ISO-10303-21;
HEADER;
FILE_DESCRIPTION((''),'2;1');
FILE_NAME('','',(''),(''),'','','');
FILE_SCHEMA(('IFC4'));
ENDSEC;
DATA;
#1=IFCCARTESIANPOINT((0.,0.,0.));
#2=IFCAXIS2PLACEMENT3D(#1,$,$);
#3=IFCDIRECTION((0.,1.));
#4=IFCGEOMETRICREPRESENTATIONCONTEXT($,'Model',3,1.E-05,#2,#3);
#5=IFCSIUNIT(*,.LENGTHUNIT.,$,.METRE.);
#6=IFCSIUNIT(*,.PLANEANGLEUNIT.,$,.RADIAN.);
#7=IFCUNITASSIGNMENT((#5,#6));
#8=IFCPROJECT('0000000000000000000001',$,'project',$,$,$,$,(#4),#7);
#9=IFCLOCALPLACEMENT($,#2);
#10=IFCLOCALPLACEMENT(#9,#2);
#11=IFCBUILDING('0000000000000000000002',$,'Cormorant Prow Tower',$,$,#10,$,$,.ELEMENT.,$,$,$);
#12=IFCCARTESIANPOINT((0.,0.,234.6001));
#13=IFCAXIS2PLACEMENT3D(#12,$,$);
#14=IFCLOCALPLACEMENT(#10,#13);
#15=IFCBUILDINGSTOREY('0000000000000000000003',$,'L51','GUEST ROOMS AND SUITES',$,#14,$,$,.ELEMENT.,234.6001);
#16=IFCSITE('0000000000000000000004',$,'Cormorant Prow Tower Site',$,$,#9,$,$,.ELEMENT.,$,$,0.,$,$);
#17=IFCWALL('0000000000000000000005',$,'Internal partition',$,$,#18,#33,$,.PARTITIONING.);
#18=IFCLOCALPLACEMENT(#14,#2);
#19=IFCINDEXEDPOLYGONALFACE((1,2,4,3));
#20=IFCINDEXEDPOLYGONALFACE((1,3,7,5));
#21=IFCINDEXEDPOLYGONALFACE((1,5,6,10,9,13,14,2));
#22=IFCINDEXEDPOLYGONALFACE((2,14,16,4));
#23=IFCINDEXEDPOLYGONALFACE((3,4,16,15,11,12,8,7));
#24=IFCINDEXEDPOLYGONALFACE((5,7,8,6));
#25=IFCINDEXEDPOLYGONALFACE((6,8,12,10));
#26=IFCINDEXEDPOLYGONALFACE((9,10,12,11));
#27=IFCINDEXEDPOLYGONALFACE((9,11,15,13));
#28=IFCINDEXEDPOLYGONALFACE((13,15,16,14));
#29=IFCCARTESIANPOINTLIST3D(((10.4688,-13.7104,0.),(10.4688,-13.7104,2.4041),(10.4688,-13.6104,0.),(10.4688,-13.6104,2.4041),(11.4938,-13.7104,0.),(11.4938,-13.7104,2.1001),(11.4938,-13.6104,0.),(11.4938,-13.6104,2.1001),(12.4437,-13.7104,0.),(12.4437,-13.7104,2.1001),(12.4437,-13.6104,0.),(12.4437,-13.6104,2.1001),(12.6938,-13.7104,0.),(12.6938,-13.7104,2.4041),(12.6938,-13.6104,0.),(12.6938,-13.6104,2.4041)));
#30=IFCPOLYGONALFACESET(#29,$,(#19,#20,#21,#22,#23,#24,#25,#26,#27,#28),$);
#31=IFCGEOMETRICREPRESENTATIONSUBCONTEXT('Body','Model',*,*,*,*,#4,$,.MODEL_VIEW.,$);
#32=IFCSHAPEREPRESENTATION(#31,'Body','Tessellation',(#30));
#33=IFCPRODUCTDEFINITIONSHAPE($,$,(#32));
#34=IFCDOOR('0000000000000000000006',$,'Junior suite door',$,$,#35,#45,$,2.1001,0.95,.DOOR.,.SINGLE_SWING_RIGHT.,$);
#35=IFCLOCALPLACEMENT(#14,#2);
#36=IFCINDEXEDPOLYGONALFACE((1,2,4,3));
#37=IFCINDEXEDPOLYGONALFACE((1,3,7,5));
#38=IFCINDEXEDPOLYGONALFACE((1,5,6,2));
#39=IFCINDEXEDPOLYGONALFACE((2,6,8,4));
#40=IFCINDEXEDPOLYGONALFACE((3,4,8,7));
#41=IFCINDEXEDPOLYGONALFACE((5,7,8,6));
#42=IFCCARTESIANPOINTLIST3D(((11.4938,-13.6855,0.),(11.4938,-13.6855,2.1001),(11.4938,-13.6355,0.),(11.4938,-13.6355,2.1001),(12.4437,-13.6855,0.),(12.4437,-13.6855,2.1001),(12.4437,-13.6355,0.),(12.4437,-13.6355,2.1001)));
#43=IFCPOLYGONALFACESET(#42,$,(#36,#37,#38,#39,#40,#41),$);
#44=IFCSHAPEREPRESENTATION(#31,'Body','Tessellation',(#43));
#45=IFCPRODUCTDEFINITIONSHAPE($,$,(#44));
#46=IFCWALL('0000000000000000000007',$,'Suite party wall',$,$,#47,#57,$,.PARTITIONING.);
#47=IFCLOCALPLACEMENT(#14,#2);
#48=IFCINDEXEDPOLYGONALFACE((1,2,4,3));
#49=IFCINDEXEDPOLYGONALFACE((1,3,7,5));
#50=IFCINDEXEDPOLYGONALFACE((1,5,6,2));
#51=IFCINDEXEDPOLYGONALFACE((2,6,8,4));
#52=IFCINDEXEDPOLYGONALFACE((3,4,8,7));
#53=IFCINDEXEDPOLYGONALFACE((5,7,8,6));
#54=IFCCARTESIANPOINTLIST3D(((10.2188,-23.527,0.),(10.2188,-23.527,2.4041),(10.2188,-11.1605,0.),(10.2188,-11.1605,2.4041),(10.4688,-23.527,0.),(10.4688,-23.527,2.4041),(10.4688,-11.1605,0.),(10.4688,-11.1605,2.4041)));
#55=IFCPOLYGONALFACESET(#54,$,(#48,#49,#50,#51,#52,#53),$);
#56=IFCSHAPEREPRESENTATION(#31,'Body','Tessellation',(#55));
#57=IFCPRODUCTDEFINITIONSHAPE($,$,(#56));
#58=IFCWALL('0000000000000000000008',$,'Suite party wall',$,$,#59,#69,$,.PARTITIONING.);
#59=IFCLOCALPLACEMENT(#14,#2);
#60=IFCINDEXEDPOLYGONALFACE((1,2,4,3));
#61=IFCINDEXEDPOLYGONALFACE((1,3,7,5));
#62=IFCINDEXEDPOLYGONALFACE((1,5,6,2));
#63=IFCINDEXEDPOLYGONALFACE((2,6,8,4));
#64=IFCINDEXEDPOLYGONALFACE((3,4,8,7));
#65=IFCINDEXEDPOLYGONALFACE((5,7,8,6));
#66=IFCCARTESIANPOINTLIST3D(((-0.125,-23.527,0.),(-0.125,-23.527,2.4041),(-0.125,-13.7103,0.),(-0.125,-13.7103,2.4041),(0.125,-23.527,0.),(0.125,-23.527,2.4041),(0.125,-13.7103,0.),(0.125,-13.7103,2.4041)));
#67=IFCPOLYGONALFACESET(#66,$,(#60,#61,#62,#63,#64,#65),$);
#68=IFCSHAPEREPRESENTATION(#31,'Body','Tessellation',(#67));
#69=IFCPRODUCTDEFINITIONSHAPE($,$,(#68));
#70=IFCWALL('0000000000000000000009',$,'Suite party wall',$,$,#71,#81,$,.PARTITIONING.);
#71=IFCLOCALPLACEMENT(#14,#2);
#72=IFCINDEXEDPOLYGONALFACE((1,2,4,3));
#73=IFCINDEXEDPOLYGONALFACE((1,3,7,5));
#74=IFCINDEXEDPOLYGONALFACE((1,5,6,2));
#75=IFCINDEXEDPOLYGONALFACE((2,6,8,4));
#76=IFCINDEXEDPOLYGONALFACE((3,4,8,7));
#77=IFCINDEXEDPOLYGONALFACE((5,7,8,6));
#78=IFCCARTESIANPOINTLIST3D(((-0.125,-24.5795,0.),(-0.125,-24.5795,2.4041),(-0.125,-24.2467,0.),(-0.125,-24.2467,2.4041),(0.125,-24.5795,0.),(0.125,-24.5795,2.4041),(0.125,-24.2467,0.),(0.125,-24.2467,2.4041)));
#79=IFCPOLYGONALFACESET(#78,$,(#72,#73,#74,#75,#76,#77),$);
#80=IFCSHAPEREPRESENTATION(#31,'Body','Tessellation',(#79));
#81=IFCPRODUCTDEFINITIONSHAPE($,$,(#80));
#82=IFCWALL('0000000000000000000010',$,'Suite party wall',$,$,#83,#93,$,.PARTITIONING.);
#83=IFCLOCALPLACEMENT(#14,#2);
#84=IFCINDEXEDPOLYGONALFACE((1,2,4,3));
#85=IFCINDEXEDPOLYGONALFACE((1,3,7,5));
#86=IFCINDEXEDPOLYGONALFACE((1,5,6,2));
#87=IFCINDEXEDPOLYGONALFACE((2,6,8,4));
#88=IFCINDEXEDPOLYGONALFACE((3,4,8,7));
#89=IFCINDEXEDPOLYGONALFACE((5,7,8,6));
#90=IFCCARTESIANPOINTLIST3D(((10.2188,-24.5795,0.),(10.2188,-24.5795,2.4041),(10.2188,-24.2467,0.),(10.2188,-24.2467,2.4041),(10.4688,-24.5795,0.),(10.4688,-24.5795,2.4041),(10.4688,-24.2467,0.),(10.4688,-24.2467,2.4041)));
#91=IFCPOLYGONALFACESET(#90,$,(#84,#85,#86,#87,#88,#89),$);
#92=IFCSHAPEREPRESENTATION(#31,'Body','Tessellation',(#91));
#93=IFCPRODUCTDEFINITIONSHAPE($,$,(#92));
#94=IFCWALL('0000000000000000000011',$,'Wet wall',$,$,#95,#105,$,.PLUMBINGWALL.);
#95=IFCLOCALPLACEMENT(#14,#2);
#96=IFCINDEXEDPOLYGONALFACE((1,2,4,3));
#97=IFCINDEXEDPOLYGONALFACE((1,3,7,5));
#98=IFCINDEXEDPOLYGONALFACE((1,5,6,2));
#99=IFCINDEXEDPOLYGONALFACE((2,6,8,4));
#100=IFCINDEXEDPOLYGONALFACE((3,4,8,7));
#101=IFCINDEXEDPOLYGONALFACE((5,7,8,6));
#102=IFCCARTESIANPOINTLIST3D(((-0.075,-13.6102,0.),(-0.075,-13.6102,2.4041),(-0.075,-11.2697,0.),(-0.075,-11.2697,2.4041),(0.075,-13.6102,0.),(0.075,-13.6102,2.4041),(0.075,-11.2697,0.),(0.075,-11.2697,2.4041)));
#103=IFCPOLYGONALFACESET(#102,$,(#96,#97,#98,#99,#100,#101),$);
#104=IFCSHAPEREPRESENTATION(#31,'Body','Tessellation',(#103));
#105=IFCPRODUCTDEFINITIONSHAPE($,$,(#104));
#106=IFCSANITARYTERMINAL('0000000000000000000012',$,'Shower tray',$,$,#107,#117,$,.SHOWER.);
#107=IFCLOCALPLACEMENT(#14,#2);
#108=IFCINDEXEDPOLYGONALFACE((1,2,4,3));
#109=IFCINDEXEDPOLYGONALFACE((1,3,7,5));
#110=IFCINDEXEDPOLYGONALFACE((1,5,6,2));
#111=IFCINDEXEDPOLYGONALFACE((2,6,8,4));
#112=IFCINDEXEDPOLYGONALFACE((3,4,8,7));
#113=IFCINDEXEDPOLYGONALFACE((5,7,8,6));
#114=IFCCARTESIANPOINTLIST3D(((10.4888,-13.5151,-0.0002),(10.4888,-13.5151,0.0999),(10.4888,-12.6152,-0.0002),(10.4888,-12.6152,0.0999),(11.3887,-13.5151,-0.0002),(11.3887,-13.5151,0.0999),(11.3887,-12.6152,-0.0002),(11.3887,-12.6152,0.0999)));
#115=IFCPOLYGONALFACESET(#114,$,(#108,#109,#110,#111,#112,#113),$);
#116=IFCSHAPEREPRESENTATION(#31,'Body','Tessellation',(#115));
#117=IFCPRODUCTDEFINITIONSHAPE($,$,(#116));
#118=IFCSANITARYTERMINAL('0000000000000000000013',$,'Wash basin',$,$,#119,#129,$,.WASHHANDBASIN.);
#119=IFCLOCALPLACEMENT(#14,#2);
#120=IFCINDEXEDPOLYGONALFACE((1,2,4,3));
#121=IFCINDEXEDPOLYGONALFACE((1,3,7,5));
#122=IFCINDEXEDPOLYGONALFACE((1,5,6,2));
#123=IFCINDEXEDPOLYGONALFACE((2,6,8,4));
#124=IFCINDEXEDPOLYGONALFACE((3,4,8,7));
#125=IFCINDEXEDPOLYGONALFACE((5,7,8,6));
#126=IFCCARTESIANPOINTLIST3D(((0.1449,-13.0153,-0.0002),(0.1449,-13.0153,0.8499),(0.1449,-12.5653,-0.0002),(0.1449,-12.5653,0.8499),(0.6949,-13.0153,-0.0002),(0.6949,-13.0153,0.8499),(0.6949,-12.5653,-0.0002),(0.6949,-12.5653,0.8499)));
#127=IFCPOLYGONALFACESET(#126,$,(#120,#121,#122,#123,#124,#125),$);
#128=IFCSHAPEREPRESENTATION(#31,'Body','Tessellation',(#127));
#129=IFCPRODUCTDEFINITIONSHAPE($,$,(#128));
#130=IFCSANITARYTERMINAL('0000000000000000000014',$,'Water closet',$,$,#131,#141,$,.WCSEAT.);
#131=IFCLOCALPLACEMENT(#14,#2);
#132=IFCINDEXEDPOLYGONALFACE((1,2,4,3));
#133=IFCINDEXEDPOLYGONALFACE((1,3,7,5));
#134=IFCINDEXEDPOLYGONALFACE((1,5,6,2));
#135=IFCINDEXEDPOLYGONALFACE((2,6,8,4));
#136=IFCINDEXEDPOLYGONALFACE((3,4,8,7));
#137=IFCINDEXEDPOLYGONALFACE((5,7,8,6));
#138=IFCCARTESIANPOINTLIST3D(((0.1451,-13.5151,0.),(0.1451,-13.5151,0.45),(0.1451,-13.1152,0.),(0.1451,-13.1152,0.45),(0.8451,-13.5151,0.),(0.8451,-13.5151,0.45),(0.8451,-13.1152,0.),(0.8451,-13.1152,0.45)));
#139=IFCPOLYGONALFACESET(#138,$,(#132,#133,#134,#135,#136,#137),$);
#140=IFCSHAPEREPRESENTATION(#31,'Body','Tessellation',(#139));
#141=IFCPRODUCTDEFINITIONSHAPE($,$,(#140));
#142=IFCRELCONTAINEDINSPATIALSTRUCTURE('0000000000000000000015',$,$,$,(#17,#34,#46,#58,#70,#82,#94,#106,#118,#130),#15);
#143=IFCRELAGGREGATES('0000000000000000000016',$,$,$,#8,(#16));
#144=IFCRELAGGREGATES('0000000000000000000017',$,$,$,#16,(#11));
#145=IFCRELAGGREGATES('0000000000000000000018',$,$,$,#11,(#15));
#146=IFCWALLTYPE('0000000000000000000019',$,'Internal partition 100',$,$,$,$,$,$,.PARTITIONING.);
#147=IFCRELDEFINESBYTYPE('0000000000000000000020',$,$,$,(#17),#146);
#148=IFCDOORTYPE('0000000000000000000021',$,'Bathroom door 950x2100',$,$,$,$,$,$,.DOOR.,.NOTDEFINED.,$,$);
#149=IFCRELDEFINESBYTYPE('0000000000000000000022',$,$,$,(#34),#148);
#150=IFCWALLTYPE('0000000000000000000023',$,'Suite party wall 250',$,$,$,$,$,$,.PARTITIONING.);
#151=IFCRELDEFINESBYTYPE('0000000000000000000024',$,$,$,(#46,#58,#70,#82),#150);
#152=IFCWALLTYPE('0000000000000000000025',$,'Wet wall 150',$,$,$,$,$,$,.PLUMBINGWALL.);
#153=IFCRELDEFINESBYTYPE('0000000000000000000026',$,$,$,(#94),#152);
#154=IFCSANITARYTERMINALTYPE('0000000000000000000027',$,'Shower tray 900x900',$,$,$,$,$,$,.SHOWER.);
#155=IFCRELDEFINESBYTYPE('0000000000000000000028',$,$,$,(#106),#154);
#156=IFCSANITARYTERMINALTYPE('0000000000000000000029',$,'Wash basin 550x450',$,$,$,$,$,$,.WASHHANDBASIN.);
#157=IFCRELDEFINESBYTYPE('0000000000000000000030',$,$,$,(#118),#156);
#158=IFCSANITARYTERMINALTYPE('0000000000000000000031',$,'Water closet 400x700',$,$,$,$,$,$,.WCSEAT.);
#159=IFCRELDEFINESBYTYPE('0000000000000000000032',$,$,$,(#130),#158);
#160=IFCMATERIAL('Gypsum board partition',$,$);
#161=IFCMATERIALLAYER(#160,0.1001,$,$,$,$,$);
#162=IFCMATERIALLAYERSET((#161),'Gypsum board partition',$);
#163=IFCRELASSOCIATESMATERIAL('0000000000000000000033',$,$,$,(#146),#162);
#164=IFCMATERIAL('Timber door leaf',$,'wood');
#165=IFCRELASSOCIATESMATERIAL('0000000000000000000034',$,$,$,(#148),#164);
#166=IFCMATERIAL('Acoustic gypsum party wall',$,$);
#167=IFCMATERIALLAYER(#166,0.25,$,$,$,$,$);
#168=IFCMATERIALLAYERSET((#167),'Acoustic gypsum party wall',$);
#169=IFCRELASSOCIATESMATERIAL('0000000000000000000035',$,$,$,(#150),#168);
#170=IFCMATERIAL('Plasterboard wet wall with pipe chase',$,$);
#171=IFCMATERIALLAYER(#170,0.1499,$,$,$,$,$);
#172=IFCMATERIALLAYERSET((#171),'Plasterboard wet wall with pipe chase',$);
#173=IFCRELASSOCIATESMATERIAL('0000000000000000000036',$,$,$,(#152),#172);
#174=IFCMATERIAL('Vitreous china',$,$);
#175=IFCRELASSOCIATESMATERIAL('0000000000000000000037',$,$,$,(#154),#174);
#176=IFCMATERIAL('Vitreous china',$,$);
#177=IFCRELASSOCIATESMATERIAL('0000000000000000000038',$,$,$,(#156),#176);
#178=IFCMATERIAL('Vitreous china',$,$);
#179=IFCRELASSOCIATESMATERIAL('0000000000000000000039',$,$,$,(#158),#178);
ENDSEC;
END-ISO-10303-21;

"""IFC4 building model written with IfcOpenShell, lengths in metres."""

from ifc_helpers import new_model, si_unit, direction, frame, frame_2d, origin, origin_2d, place, context, subcontext, project, spatial, rectangle, extrude, material, layer, layer_set, type_object, element, fill, save


model = new_model("IFC4")

# Units and contexts
model_context = context("Model", 3, precision=1e-05, world=origin(), true_north=direction((0.0, 1.0)))
body_context = subcontext(model_context, "Body", "Model", "MODEL_VIEW")
ifc_project = project(units=[si_unit("LENGTHUNIT", "METRE"), si_unit("PLANEANGLEUNIT", "RADIAN")], contexts=[model_context])

# Site, building, storey
site_placement = place(None, origin())
site = spatial("IfcSite", under=ifc_project, at=site_placement, Name="Cormorant Prow Tower Site", CompositionType="ELEMENT", RefElevation=0.0)
building_placement = place(site_placement, origin())
building = spatial("IfcBuilding", under=site, at=building_placement, Name="Cormorant Prow Tower", CompositionType="ELEMENT")
storey_placement = place(building_placement, frame((0.0, 0.0, 234.6001)))
storey = spatial("IfcBuildingStorey", under=building, at=storey_placement, Name="L51", Description="GUEST ROOMS AND SUITES", CompositionType="ELEMENT", Elevation=234.6001)

# Shared definitions
ifc_material_1 = material(Name="Gypsum board partition")
ifc_layer_1 = layer(ifc_material_1, 0.1001)
ifc_layer_set_1 = layer_set([ifc_layer_1], Name="Gypsum board partition")
wall_type_1 = type_object("IfcWallType", Name="Internal partition 100", PredefinedType="PARTITIONING", material=ifc_layer_set_1)

# Wall, opening, door
wall_1_placement = place(storey_placement, frame((10.4688, -13.6604, 0.0), z_axis=(0.0, 0.0, 1.0), x_axis=(1.0, 0.0, 0.0)))
wall_1 = element("IfcWall", 1, at=wall_1_placement, inside=storey, type_object=wall_type_1, Name="Internal partition", PredefinedType="PARTITIONING", context=body_context, shape_type="SweptSolid", body=[
    extrude(rectangle(XDim=2.2251, YDim=0.1001, at=frame_2d((1.1125, 0.0))), origin(), (0.0, 0.0, 1.0), 2.4041),
])
opening_1_placement = place(wall_1_placement, frame((1.0249, 0.0, 0.0)))
opening_1 = element("IfcOpeningElement", 2, at=opening_1_placement, cuts=wall_1, PredefinedType="OPENING", context=body_context, shape_type="SweptSolid", body=[
    extrude(rectangle(XDim=0.95, YDim=2.1001, at=frame_2d((0.4751, 1.05))), frame((0.0, 0.0601, 0.0), z_axis=(0.0, -1.0, 0.0), x_axis=(1.0, 0.0, 0.0)), (0.0, 0.0, 1.0), 0.1201),
])
ifc_material_2 = material(Name="Timber door leaf", Category="wood")
door_type_1 = type_object("IfcDoorType", Name="Bathroom door 950x2100", OperationType="NOTDEFINED", PredefinedType="DOOR", material=ifc_material_2)
door_1_placement = place(opening_1_placement, origin())
door_1 = element("IfcDoor", 3, at=door_1_placement, inside=storey, type_object=door_type_1, Name="Junior suite door", OperationType="SINGLE_SWING_RIGHT", OverallHeight=2.1001, OverallWidth=0.95, PredefinedType="DOOR", context=body_context, shape_type="SweptSolid", body=[
    extrude(rectangle(XDim=0.95, YDim=2.1001, at=frame_2d((0.4751, 1.05))), frame((0.0, 0.0249, 0.0), z_axis=(0.0, -1.0, 0.0), x_axis=(1.0, 0.0, 0.0)), (0.0, 0.0, 1.0), 0.05),
])
fill(opening_1, door_1)

# Walls
ifc_material_3 = material(Name="Acoustic gypsum party wall")
ifc_layer_2 = layer(ifc_material_3, 0.25)
ifc_layer_set_2 = layer_set([ifc_layer_2], Name="Acoustic gypsum party wall")
wall_type_2 = type_object("IfcWallType", Name="Suite party wall 250", PredefinedType="PARTITIONING", material=ifc_layer_set_2)
wall_2_placement = place(storey_placement, frame((10.3438, -23.5269, 0.0), z_axis=(0.0, 0.0, 1.0), x_axis=(0.0, 1.0, 0.0)))
element("IfcWall", 4, at=wall_2_placement, inside=storey, type_object=wall_type_2, Name="Suite party wall", PredefinedType="PARTITIONING", context=body_context, shape_type="SweptSolid", body=[
    extrude(rectangle(XDim=12.3665, YDim=0.25, at=frame_2d((6.1831, 0.0))), origin(), (0.0, 0.0, 1.0), 2.4041),
])
wall_3_placement = place(storey_placement, frame((0.0, -23.5269, 0.0), z_axis=(0.0, 0.0, 1.0), x_axis=(0.0, 1.0, 0.0)))
element("IfcWall", 5, at=wall_3_placement, inside=storey, type_object=wall_type_2, Name="Suite party wall", PredefinedType="PARTITIONING", context=body_context, shape_type="SweptSolid", body=[
    extrude(rectangle(XDim=9.8167, YDim=0.25, at=frame_2d((4.9082, 0.0))), origin(), (0.0, 0.0, 1.0), 2.4041),
])
for number, where, z_axis, x_axis, name in (
    (6, (0.0, -24.5796, 0.0), (0.0, 0.0, 1.0), (0.0, 1.0, 0.0), "Suite party wall"),
    (7, (10.3438, -24.5796, 0.0), (0.0, 0.0, 1.0), (0.0, 1.0, 0.0), "Suite party wall"),
):
    element("IfcWall", number, at=place(storey_placement, frame(where, z_axis=z_axis, x_axis=x_axis)), inside=storey, type_object=wall_type_2, Name=name, PredefinedType="PARTITIONING", context=body_context, shape_type="SweptSolid", body=[
        extrude(rectangle(XDim=0.3328, YDim=0.25, at=frame_2d((0.1665, 0.0))), origin(), (0.0, 0.0, 1.0), 2.4041),
    ])

# Wall
ifc_material_4 = material(Name="Plasterboard wet wall with pipe chase")
ifc_layer_3 = layer(ifc_material_4, 0.1499)
ifc_layer_set_3 = layer_set([ifc_layer_3], Name="Plasterboard wet wall with pipe chase")
wall_type_3 = type_object("IfcWallType", Name="Wet wall 150", PredefinedType="PLUMBINGWALL", material=ifc_layer_set_3)
wall_4_placement = place(storey_placement, frame((0.0, -13.6104, 0.0), z_axis=(0.0, 0.0, 1.0), x_axis=(0.0, 1.0, 0.0)))
element("IfcWall", 8, at=wall_4_placement, inside=storey, type_object=wall_type_3, Name="Wet wall", PredefinedType="PLUMBINGWALL", context=body_context, shape_type="SweptSolid", body=[
    extrude(rectangle(XDim=2.3406, YDim=0.1499, at=frame_2d((1.1704, 0.0))), origin(), (0.0, 0.0, 1.0), 2.4041),
])

# Sanitary terminals
ifc_material_5 = material(Name="Vitreous china")
sanitary_terminal_type_1 = type_object("IfcSanitaryTerminalType", Name="Shower tray 900x900", PredefinedType="SHOWER", material=ifc_material_5)
sanitary_terminal_1_placement = place(storey_placement, frame((10.9387, -13.0652, -0.0002), z_axis=(0.0, 0.0, 1.0), x_axis=(0.0, 1.0, 0.0)))
element("IfcSanitaryTerminal", 9, at=sanitary_terminal_1_placement, inside=storey, type_object=sanitary_terminal_type_1, Name="Shower tray", PredefinedType="SHOWER", context=body_context, shape_type="SweptSolid", body=[
    extrude(rectangle(XDim=0.8999, YDim=0.8999, at=origin_2d()), origin(), (0.0, 0.0, 1.0), 0.1001),
])
ifc_material_6 = material(Name="Vitreous china")
sanitary_terminal_type_2 = type_object("IfcSanitaryTerminalType", Name="Wash basin 550x450", PredefinedType="WASHHANDBASIN", material=ifc_material_6)
sanitary_terminal_2_placement = place(storey_placement, frame((0.4199, -12.7903, -0.0002), z_axis=(0.0, 0.0, 1.0), x_axis=(1.0, 0.0, 0.0)))
element("IfcSanitaryTerminal", 10, at=sanitary_terminal_2_placement, inside=storey, type_object=sanitary_terminal_type_2, Name="Wash basin", PredefinedType="WASHHANDBASIN", context=body_context, shape_type="SweptSolid", body=[
    extrude(rectangle(XDim=0.55, YDim=0.45, at=origin_2d()), origin(), (0.0, 0.0, 1.0), 0.8501),
])
ifc_material_7 = material(Name="Vitreous china")
sanitary_terminal_type_3 = type_object("IfcSanitaryTerminalType", Name="Water closet 400x700", PredefinedType="WCSEAT", material=ifc_material_7)
sanitary_terminal_3_placement = place(storey_placement, frame((0.4951, -13.3152, 0.0), z_axis=(0.0, 0.0, 1.0), x_axis=(0.0, 1.0, 0.0)))
element("IfcSanitaryTerminal", 11, at=sanitary_terminal_3_placement, inside=storey, type_object=sanitary_terminal_type_3, Name="Water closet", PredefinedType="WCSEAT", context=body_context, shape_type="SweptSolid", body=[
    extrude(rectangle(XDim=0.3999, YDim=0.7, at=origin_2d()), origin(), (0.0, 0.0, 1.0), 0.45),
])

save(model, "model.ifc")
